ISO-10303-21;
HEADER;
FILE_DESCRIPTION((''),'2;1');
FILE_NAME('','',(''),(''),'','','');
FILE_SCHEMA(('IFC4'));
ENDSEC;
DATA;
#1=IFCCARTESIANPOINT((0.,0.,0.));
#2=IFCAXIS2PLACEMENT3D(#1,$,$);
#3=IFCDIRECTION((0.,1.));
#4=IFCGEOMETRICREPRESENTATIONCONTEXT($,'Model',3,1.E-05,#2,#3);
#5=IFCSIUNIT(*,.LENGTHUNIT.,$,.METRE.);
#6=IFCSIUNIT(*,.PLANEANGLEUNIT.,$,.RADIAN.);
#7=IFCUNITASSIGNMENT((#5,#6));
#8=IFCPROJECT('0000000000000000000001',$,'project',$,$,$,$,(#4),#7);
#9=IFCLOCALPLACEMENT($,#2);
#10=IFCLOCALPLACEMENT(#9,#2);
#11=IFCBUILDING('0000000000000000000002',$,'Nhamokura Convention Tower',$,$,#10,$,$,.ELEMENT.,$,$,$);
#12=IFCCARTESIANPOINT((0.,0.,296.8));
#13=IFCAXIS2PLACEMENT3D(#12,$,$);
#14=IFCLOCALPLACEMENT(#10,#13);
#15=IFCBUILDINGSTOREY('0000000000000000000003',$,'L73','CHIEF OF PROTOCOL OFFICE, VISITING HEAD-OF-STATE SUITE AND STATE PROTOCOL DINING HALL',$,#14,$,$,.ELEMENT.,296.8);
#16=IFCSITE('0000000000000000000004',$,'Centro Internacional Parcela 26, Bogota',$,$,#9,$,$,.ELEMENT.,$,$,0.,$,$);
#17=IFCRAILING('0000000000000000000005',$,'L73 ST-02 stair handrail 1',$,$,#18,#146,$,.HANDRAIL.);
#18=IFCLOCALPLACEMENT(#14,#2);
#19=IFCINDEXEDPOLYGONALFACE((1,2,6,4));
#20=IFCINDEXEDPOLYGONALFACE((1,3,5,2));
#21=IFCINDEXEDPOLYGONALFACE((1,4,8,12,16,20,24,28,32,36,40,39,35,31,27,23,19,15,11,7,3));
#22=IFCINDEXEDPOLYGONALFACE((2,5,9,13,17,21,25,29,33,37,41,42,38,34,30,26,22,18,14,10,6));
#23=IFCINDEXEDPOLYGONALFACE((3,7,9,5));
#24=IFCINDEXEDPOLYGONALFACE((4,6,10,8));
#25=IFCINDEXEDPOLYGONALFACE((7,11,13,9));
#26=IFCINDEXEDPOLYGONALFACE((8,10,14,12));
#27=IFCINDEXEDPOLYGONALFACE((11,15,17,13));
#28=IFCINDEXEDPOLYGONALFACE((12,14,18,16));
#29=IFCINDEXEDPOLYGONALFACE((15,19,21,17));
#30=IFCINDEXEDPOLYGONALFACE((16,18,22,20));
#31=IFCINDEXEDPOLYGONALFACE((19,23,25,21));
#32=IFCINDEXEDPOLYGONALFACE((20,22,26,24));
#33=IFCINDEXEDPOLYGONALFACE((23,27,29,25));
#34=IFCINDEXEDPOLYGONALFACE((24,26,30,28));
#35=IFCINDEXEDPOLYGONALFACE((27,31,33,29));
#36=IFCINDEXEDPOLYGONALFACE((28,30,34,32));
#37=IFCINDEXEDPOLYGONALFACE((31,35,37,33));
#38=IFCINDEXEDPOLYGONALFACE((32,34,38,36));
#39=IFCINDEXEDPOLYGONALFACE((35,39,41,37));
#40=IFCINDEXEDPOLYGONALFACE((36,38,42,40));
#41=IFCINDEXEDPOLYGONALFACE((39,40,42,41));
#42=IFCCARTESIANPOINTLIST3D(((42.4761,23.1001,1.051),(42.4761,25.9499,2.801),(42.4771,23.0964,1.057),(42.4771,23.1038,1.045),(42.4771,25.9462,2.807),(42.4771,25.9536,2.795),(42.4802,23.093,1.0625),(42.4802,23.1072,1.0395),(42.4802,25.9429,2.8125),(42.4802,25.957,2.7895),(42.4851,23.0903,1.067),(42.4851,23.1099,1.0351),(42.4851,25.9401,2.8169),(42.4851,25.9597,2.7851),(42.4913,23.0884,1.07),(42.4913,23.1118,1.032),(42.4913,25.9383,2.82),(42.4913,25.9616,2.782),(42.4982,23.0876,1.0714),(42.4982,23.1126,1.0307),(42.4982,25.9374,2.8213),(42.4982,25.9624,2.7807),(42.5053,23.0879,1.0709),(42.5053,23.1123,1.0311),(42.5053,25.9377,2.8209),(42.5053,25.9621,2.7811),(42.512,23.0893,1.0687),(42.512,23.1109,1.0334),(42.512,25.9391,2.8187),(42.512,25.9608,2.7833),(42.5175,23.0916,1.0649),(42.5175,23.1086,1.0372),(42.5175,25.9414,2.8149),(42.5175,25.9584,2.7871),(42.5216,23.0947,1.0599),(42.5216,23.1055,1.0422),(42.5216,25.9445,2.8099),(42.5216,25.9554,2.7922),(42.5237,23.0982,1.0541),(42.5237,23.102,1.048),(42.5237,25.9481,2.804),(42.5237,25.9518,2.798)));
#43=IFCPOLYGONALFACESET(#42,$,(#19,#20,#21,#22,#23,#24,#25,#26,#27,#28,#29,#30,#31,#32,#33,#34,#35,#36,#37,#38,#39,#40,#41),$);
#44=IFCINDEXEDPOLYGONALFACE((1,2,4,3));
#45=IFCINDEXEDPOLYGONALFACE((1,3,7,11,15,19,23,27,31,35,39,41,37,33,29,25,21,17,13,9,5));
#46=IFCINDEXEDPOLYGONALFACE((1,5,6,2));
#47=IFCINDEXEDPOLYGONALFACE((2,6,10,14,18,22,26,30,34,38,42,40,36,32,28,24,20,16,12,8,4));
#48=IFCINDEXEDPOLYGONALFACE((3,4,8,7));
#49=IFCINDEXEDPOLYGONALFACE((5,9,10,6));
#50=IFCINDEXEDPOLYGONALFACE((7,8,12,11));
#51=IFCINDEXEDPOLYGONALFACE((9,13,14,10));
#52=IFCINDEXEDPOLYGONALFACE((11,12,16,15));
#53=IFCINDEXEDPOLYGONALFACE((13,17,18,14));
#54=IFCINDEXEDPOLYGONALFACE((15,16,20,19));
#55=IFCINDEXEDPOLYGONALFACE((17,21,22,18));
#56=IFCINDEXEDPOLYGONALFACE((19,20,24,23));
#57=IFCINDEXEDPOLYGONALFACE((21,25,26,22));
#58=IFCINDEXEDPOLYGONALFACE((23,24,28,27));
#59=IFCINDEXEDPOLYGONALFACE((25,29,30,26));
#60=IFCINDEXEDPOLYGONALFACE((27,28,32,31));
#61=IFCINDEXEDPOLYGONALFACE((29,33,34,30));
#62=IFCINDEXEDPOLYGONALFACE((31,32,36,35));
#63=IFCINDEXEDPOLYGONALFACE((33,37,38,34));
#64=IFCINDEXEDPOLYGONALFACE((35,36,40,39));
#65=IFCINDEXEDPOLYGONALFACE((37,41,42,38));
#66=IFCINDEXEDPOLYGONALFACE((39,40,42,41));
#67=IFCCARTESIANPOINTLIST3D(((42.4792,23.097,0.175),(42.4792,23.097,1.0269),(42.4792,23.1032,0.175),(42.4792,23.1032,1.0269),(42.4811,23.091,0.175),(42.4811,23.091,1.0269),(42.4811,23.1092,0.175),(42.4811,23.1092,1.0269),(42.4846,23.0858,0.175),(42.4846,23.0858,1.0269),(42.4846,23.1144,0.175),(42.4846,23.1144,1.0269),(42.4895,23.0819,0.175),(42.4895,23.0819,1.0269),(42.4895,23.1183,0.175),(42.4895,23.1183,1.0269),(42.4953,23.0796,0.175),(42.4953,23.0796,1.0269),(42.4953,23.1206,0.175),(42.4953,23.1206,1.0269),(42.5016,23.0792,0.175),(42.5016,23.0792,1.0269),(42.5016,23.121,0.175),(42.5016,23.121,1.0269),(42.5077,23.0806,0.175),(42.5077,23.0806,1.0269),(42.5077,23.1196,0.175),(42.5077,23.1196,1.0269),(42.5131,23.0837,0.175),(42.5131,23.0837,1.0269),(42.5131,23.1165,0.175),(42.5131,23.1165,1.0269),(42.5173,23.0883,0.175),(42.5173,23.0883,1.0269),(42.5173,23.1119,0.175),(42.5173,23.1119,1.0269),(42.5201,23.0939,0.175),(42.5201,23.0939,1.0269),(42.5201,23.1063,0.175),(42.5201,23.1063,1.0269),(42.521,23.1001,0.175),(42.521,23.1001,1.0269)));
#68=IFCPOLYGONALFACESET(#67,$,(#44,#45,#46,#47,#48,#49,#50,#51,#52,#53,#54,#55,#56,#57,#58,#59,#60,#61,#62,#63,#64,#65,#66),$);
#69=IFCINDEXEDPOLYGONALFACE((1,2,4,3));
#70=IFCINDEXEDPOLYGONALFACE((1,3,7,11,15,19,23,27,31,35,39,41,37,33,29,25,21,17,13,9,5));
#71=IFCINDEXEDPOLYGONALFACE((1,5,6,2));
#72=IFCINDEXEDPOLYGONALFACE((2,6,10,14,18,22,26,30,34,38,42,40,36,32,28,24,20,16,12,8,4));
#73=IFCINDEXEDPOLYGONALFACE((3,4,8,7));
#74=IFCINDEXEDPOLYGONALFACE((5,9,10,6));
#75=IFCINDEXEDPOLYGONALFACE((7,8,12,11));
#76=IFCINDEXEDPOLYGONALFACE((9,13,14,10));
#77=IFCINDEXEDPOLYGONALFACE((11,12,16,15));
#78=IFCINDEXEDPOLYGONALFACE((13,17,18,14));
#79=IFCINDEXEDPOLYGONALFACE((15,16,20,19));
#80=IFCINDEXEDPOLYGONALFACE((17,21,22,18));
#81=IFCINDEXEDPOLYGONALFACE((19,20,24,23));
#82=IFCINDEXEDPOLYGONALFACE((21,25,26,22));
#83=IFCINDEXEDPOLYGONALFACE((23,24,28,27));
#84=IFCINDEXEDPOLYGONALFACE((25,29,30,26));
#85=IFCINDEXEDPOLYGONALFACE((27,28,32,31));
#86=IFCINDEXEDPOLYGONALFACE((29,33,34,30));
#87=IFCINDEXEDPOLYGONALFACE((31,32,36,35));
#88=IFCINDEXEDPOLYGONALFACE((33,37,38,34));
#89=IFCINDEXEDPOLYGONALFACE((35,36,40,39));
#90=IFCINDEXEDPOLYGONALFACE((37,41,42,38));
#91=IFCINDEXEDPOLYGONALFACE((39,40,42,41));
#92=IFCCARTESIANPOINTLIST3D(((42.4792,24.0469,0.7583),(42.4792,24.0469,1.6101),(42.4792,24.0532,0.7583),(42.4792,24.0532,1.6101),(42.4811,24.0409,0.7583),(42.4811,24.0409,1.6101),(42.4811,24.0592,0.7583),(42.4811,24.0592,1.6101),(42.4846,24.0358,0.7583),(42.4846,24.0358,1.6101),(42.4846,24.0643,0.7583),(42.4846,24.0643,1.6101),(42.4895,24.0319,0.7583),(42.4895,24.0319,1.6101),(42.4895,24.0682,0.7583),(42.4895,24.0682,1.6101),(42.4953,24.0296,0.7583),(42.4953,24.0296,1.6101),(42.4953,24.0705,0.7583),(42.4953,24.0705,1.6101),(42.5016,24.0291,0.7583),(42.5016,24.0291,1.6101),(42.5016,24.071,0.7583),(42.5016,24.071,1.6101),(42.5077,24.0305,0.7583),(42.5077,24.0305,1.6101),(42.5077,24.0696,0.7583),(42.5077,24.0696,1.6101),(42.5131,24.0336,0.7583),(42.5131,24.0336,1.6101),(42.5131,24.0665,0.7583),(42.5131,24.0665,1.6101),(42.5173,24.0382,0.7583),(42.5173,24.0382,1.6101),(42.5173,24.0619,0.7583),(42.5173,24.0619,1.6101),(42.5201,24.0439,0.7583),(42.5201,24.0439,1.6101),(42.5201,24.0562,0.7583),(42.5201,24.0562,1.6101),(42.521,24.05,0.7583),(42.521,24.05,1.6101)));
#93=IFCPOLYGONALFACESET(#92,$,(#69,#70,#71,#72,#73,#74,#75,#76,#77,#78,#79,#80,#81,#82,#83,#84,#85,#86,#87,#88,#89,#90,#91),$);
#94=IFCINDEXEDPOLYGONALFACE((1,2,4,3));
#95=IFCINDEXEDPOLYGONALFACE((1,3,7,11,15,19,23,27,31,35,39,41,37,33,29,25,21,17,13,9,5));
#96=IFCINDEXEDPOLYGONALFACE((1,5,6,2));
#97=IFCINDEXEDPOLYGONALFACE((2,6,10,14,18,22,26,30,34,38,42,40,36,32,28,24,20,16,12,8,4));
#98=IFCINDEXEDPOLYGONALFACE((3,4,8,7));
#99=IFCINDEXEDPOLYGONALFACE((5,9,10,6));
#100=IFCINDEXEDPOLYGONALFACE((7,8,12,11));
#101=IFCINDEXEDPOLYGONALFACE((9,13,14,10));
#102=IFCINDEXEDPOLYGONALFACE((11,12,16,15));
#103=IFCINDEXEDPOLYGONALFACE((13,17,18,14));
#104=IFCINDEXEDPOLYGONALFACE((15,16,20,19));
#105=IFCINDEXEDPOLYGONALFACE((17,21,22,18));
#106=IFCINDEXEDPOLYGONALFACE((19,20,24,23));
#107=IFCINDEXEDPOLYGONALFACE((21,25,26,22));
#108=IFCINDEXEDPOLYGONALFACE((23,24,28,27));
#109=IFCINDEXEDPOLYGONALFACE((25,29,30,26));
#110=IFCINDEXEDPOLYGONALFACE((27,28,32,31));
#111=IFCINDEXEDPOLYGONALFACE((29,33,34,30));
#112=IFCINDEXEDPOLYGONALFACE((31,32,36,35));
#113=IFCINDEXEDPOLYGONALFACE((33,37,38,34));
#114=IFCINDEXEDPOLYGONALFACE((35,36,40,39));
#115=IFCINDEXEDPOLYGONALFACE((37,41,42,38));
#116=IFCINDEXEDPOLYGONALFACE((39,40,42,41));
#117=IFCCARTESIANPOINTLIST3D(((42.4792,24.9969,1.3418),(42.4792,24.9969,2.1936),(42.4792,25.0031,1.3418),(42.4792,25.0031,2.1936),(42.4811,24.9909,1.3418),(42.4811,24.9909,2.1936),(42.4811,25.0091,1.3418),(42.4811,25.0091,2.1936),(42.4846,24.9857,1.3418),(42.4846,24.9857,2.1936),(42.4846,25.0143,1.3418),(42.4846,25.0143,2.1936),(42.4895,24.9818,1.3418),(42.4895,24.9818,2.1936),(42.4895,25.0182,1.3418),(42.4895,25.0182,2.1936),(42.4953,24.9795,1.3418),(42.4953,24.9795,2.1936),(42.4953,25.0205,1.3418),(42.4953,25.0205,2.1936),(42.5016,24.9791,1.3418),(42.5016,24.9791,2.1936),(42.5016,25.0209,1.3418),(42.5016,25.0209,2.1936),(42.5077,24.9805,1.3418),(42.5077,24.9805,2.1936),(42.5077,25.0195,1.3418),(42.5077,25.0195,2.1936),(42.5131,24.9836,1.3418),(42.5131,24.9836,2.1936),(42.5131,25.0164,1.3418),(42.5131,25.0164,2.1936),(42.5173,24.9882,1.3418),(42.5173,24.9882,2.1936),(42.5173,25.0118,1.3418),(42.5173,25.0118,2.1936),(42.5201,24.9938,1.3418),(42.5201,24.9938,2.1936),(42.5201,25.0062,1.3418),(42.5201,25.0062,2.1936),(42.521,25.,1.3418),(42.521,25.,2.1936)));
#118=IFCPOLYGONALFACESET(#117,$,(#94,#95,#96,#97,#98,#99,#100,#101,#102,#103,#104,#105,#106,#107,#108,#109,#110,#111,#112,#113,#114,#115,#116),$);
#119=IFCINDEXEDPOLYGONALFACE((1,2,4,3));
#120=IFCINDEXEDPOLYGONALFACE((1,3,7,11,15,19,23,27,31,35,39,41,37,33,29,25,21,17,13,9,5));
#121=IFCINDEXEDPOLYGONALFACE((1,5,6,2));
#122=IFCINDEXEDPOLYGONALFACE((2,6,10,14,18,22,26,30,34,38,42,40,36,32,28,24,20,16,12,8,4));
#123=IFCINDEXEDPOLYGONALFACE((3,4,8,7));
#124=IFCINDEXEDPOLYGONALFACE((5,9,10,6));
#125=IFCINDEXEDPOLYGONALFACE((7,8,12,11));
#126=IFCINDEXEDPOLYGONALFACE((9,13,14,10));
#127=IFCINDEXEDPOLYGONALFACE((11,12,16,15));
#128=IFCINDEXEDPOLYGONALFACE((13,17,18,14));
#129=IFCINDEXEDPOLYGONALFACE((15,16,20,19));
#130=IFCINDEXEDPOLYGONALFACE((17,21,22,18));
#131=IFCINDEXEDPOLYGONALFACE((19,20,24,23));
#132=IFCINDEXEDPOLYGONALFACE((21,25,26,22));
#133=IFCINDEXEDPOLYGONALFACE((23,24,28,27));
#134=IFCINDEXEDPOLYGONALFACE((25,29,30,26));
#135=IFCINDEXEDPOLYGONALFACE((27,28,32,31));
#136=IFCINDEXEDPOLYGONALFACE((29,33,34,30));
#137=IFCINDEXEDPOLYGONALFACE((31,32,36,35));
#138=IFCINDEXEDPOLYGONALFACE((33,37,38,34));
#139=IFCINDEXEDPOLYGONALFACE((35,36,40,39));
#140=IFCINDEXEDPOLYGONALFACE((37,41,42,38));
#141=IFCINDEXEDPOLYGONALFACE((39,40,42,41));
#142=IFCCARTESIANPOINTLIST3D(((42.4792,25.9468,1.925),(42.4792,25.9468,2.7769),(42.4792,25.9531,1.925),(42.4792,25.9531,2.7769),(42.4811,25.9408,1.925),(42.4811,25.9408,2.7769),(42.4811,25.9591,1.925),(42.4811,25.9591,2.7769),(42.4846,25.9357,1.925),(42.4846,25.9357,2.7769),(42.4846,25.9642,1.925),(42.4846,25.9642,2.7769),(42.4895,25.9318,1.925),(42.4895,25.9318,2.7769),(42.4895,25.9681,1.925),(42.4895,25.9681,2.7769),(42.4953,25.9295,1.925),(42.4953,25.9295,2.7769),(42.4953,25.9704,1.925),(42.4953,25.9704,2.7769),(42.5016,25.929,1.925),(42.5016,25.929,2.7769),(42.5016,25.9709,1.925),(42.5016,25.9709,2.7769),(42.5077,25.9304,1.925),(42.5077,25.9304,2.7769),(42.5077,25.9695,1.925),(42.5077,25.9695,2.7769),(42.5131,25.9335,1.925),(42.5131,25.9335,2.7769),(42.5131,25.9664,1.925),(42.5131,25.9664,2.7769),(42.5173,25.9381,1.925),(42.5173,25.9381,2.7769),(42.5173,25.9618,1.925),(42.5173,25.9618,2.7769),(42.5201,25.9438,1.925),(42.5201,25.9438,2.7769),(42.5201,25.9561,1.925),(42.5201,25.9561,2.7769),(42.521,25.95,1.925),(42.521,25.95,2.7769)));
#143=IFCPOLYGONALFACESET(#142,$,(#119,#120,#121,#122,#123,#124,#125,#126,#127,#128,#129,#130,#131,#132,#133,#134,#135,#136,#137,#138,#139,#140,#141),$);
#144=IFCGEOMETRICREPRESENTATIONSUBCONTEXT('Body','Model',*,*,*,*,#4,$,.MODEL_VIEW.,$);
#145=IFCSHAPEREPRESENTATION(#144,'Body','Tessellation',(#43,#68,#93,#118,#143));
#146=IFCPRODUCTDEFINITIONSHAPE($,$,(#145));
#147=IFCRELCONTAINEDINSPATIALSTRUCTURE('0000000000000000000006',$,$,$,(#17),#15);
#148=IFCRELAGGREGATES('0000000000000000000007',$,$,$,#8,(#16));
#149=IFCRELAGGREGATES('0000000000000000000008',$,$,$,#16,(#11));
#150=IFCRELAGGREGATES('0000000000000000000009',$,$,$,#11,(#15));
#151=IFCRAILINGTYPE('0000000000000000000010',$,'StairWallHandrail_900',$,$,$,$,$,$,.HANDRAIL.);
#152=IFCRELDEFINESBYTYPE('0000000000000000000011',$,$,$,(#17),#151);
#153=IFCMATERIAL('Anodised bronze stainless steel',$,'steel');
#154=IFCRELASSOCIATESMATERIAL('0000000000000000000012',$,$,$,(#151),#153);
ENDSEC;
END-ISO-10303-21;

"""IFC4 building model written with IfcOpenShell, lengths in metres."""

from ifc_helpers import new_model, si_unit, direction, frame, origin, origin_2d, place, context, subcontext, project, spatial, circle, extrude, material, type_object, element, save


model = new_model("IFC4")

# Units and contexts
model_context = context("Model", 3, precision=1e-05, world=origin(), true_north=direction((0.0, 1.0)))
body_context = subcontext(model_context, "Body", "Model", "MODEL_VIEW")
ifc_project = project(units=[si_unit("LENGTHUNIT", "METRE"), si_unit("PLANEANGLEUNIT", "RADIAN")], contexts=[model_context])

# Site, building, storey
site_placement = place(None, origin())
site = spatial("IfcSite", under=ifc_project, at=site_placement, Name="Centro Internacional Parcela 26, Bogota", CompositionType="ELEMENT", RefElevation=0.0)
building_placement = place(site_placement, origin())
building = spatial("IfcBuilding", under=site, at=building_placement, Name="Nhamokura Convention Tower", CompositionType="ELEMENT")
storey_placement = place(building_placement, frame((0.0, 0.0, 296.8)))
storey = spatial("IfcBuildingStorey", under=building, at=storey_placement, Name="L73", Description="CHIEF OF PROTOCOL OFFICE, VISITING HEAD-OF-STATE SUITE AND STATE PROTOCOL DINING HALL", CompositionType="ELEMENT", Elevation=296.8)

# Railing
ifc_material_1 = material(Name="Anodised bronze stainless steel", Category="steel")
railing_type_1 = type_object("IfcRailingType", Name="StairWallHandrail_900", PredefinedType="HANDRAIL", material=ifc_material_1)
railing_1_placement = place(storey_placement, frame((42.5, 23.1001, 0.175)))
element("IfcRailing", 1, at=railing_1_placement, inside=storey, type_object=railing_type_1, Name="L73 ST-02 stair handrail 1", PredefinedType="HANDRAIL", context=body_context, shape_type="SweptSolid", body=[
    extrude(circle(Radius=0.0239, at=origin_2d()), frame((0.0, 0.0, 0.876), z_axis=(0.0, 0.852159, 0.523283), x_axis=(-1.0, 0.0, 0.0)), (0.0, 0.0, 1.0), 3.3442),
    extrude(circle(Radius=0.021, at=origin_2d()), origin(), (0.0, 0.0, 1.0), 0.8518),
    extrude(circle(Radius=0.021, at=origin_2d()), frame((0.0, 0.95, 0.5833)), (0.0, 0.0, 1.0), 0.8518),
    extrude(circle(Radius=0.021, at=origin_2d()), frame((0.0, 1.8999, 1.1667)), (0.0, 0.0, 1.0), 0.8518),
    extrude(circle(Radius=0.021, at=origin_2d()), frame((0.0, 2.8499, 1.75)), (0.0, 0.0, 1.0), 0.8518),
])

save(model, "model.ifc")
